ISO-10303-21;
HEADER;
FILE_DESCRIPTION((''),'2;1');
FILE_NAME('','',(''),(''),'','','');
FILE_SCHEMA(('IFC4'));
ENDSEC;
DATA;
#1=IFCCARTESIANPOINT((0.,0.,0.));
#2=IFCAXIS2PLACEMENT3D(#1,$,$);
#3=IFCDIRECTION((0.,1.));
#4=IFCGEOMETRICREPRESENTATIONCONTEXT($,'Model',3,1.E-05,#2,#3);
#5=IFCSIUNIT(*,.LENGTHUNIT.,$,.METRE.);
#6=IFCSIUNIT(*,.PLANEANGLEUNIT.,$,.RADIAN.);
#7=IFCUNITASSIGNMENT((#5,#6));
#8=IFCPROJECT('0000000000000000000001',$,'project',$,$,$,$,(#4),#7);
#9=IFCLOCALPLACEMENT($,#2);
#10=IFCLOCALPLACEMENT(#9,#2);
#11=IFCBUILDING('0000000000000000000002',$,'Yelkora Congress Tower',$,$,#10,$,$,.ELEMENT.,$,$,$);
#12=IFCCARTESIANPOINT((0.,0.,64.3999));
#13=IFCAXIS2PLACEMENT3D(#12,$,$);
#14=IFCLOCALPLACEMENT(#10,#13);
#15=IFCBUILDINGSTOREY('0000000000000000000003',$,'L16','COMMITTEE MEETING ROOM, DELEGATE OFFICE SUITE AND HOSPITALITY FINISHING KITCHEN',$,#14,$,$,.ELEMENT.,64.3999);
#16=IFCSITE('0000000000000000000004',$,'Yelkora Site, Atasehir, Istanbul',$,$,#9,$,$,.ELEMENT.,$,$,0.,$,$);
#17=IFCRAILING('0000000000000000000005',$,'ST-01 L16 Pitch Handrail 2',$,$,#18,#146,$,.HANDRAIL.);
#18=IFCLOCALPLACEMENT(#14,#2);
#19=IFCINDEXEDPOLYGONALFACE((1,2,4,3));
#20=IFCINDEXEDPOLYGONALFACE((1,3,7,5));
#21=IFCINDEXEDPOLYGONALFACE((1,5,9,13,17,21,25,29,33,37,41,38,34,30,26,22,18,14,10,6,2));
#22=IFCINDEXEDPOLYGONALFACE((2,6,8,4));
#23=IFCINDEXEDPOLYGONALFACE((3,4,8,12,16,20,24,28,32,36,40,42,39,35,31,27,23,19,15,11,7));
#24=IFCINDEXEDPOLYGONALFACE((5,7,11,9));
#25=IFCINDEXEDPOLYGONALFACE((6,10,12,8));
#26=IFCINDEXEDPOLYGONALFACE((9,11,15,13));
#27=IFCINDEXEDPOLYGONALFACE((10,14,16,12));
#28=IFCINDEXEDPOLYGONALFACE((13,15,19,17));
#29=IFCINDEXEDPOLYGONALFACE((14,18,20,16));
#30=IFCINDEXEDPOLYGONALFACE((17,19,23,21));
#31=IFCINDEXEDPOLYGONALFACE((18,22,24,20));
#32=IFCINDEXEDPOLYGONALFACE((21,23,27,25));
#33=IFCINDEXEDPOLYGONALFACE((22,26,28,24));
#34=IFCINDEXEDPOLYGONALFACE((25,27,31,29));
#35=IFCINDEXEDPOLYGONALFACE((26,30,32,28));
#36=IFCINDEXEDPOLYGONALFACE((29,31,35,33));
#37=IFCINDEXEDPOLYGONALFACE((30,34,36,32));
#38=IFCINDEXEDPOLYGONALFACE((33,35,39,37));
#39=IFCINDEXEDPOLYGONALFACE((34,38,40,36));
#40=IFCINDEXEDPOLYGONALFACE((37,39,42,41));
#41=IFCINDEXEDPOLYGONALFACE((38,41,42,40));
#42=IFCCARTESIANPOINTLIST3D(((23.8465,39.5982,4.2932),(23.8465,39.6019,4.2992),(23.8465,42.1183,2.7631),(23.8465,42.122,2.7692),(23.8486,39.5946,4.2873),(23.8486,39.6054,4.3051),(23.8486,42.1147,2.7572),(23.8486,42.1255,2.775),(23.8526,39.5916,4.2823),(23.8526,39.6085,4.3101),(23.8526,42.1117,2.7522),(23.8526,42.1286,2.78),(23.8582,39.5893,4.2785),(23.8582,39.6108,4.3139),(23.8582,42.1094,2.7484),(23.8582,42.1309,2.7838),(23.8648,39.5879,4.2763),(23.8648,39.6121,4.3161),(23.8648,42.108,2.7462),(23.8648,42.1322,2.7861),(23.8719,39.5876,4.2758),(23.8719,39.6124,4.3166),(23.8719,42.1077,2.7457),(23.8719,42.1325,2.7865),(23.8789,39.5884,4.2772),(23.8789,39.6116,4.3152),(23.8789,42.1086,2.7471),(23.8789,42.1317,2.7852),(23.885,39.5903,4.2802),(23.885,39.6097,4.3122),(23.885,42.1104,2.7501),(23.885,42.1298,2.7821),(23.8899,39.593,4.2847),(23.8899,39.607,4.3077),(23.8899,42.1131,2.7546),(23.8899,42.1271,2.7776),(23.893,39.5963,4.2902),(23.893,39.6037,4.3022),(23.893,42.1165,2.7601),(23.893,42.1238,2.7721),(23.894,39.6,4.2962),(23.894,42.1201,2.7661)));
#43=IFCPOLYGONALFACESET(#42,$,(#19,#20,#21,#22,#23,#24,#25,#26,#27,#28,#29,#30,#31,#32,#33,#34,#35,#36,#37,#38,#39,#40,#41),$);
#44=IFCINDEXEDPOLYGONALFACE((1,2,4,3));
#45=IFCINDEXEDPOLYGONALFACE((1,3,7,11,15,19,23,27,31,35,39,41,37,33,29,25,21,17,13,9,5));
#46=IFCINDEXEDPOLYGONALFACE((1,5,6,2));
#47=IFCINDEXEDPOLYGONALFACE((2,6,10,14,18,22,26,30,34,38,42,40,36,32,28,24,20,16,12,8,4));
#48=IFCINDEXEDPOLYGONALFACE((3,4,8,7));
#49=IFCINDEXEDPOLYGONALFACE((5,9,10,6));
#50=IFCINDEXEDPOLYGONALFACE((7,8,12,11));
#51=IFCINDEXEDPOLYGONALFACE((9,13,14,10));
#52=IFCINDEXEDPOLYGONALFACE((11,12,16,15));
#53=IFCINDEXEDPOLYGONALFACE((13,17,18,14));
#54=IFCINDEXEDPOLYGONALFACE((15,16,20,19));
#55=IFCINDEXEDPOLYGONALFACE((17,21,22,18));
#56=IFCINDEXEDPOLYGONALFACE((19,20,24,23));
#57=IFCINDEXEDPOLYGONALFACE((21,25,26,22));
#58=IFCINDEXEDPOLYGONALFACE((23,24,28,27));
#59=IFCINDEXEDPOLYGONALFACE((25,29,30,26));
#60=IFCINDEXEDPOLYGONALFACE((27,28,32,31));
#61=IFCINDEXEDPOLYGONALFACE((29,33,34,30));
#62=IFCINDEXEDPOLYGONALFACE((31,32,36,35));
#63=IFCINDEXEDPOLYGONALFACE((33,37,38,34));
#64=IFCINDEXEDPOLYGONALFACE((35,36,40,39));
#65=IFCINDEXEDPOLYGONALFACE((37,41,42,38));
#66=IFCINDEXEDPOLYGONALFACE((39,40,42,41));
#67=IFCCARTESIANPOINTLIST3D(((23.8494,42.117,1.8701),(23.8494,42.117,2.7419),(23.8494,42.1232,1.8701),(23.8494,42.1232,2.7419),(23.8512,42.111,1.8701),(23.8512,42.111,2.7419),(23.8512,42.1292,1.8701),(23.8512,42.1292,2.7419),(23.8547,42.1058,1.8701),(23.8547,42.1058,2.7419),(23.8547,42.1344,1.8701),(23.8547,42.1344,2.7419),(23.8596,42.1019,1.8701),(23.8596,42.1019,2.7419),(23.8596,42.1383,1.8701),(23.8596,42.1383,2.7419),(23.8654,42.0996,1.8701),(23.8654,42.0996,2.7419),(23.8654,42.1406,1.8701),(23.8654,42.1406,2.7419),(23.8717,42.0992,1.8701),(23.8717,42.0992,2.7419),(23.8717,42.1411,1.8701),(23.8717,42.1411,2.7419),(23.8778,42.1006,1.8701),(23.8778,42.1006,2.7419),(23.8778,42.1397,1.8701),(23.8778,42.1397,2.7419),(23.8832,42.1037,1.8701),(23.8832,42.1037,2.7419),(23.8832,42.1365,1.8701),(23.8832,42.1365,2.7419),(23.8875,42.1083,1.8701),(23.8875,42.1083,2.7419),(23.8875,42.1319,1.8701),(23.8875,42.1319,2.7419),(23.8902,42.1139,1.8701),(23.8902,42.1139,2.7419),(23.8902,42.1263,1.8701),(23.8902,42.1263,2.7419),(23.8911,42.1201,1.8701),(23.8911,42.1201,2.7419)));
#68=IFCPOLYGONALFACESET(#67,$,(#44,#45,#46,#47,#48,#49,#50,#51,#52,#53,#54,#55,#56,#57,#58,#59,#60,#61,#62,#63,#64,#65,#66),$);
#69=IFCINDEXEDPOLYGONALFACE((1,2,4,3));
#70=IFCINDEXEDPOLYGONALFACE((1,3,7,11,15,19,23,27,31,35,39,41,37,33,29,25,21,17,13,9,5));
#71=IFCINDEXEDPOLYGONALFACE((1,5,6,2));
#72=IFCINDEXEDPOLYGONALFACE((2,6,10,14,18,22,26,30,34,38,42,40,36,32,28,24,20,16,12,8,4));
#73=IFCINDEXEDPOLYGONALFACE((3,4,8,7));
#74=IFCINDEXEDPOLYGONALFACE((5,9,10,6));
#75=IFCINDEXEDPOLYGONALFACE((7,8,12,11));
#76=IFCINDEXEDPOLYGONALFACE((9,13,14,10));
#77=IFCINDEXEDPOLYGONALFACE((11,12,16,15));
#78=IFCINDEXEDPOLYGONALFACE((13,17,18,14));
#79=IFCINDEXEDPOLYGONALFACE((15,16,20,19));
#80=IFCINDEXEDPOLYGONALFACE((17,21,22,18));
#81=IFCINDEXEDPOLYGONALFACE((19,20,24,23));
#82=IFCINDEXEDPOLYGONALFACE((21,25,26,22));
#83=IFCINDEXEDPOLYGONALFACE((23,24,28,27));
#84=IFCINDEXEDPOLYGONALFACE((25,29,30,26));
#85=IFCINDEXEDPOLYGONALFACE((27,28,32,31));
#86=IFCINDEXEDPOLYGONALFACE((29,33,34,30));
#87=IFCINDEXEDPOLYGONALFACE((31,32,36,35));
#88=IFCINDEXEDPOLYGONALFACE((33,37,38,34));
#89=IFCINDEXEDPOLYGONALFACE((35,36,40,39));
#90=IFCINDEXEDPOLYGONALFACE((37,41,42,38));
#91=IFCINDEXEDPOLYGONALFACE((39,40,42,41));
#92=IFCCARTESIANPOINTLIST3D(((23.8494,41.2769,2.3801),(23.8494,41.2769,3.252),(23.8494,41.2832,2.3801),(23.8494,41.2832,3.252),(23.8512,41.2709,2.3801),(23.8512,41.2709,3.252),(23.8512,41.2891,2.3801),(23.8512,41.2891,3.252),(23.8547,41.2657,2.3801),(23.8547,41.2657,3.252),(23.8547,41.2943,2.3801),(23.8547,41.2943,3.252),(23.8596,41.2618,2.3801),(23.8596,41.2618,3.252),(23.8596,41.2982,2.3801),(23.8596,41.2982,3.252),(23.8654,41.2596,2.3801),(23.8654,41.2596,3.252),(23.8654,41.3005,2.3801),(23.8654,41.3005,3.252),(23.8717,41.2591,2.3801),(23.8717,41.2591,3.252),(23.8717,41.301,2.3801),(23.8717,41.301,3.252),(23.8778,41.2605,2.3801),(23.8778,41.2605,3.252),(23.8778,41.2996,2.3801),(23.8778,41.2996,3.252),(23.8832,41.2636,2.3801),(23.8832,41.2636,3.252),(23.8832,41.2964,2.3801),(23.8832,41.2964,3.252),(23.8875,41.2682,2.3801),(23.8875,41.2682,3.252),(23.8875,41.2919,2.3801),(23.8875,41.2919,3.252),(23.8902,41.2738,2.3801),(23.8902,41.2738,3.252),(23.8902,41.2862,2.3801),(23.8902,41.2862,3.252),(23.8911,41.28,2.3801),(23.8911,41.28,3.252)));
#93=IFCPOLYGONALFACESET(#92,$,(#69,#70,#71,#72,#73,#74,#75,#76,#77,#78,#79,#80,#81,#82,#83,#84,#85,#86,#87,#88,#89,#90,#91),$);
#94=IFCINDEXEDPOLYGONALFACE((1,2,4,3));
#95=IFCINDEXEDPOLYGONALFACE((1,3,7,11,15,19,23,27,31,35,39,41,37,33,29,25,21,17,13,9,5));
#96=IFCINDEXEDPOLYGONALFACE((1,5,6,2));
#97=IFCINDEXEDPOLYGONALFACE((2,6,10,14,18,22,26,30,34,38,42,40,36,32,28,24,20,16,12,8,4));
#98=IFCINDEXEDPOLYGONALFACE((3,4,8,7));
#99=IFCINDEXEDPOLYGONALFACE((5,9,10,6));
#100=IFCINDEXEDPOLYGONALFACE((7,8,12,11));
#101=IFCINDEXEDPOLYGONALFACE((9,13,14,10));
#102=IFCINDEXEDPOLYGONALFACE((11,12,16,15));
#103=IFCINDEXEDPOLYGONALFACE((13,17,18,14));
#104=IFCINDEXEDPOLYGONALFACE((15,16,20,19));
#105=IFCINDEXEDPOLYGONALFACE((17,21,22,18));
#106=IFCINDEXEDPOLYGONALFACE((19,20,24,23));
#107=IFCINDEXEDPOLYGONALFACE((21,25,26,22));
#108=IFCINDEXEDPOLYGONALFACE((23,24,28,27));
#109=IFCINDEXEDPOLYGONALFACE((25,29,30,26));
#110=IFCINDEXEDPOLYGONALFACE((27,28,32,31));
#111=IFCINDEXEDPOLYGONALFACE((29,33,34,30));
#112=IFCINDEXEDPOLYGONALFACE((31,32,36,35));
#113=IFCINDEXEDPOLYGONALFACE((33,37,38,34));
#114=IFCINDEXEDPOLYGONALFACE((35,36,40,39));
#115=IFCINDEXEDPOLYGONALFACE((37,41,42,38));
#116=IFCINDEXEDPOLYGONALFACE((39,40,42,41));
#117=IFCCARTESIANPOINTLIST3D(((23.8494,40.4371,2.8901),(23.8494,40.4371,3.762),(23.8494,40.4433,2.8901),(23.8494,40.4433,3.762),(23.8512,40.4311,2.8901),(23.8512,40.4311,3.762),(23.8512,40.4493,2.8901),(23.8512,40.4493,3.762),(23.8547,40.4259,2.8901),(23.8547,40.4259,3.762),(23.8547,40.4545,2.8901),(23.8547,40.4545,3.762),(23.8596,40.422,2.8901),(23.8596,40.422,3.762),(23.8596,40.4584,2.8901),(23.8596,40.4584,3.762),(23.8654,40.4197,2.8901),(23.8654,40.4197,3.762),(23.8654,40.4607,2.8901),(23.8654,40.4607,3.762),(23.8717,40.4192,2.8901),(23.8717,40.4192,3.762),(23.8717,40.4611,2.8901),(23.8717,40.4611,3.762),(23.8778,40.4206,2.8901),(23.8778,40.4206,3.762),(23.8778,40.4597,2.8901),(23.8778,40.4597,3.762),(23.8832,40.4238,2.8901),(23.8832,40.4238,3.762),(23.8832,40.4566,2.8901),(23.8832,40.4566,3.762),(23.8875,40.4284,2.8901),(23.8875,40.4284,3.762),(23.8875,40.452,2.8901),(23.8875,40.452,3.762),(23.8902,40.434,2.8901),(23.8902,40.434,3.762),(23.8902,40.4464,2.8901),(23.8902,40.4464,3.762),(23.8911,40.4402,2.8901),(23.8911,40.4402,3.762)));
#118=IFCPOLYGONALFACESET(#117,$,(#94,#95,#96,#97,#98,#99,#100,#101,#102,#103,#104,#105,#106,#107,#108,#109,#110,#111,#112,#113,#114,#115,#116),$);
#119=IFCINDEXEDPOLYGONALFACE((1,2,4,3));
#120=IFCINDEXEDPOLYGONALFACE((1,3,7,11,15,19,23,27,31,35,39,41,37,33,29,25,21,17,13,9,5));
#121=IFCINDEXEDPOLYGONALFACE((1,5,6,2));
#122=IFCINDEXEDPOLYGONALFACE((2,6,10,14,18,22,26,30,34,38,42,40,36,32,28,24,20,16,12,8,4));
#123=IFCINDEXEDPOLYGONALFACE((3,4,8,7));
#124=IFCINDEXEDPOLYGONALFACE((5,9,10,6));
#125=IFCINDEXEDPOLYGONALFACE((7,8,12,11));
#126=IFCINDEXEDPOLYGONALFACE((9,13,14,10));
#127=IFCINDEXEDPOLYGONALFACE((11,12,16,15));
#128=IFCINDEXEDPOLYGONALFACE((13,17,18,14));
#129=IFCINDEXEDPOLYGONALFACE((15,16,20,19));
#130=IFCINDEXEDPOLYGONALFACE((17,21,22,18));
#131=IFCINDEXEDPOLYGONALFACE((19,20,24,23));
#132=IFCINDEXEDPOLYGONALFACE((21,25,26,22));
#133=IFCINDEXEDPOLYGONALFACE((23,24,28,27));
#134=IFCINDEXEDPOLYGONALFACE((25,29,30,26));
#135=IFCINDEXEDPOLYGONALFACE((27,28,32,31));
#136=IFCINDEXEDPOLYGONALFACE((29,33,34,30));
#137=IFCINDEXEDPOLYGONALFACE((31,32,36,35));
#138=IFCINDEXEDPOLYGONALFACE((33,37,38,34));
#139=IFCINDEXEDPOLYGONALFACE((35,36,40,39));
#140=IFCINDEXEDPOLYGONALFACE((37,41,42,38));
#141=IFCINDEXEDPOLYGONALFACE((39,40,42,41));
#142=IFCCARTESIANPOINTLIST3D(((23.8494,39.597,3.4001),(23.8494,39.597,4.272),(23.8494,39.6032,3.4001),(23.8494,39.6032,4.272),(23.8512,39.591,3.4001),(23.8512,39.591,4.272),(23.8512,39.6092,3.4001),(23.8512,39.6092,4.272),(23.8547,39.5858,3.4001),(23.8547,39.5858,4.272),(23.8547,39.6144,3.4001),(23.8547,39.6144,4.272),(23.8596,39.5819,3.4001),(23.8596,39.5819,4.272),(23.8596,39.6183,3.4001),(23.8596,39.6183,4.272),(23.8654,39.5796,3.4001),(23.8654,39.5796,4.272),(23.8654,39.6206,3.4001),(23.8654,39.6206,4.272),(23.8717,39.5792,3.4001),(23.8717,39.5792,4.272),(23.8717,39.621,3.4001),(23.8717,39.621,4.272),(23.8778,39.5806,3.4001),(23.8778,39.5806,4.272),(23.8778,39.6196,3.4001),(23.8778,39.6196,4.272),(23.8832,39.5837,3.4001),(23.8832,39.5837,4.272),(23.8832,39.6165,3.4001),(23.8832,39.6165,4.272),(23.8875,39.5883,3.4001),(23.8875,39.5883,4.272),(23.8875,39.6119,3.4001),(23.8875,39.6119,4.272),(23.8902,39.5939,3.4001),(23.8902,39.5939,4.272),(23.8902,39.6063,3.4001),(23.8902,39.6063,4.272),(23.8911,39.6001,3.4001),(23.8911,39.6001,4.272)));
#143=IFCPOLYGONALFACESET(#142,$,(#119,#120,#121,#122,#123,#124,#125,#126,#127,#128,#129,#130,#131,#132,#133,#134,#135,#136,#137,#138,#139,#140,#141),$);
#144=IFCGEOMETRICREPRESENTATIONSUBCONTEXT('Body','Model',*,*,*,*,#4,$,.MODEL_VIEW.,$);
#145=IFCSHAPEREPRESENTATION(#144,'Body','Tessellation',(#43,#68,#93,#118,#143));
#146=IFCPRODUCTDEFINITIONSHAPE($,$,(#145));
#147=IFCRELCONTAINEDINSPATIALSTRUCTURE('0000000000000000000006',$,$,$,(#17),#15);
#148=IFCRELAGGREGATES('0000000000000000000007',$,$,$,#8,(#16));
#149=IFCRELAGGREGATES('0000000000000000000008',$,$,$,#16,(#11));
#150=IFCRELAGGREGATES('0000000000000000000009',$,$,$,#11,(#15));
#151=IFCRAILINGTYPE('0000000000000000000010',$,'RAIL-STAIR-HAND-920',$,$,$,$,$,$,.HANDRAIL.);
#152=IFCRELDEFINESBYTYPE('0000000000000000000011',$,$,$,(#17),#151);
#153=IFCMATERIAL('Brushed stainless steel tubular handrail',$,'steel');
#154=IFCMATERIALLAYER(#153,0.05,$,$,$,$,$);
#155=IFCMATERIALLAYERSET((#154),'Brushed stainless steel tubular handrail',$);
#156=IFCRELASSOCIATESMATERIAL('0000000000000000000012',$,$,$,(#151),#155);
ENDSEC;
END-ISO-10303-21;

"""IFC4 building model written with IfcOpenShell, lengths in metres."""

from ifc_helpers import new_model, si_unit, direction, frame, origin, origin_2d, place, context, subcontext, project, spatial, circle, extrude, material, layer, layer_set, type_object, element, save


model = new_model("IFC4")

# Units and contexts
model_context = context("Model", 3, precision=1e-05, world=origin(), true_north=direction((0.0, 1.0)))
body_context = subcontext(model_context, "Body", "Model", "MODEL_VIEW")
ifc_project = project(units=[si_unit("LENGTHUNIT", "METRE"), si_unit("PLANEANGLEUNIT", "RADIAN")], contexts=[model_context])

# Site, building, storey
site_placement = place(None, origin())
site = spatial("IfcSite", under=ifc_project, at=site_placement, Name="Yelkora Site, Atasehir, Istanbul", CompositionType="ELEMENT", RefElevation=0.0)
building_placement = place(site_placement, origin())
building = spatial("IfcBuilding", under=site, at=building_placement, Name="Yelkora Congress Tower", CompositionType="ELEMENT")
storey_placement = place(building_placement, frame((0.0, 0.0, 64.3999)))
storey = spatial("IfcBuildingStorey", under=building, at=storey_placement, Name="L16", Description="COMMITTEE MEETING ROOM, DELEGATE OFFICE SUITE AND HOSPITALITY FINISHING KITCHEN", CompositionType="ELEMENT", Elevation=64.3999)

# Railing
ifc_material_1 = material(Name="Brushed stainless steel tubular handrail", Category="steel")
ifc_layer_1 = layer(ifc_material_1, 0.05)
ifc_layer_set_1 = layer_set([ifc_layer_1], Name="Brushed stainless steel tubular handrail")
railing_type_1 = type_object("IfcRailingType", Name="RAIL-STAIR-HAND-920", PredefinedType="HANDRAIL", material=ifc_layer_set_1)
railing_1_placement = place(storey_placement, frame((23.8701, 42.1201, 1.8701)))
element("IfcRailing", 1, at=railing_1_placement, inside=storey, type_object=railing_type_1, Name="ST-01 L16 Pitch Handrail 2", PredefinedType="HANDRAIL", context=body_context, shape_type="SweptSolid", body=[
    extrude(circle(Radius=0.0239, at=origin_2d()), frame((0.0, 0.0, 0.896), z_axis=(0.0, -0.854785, 0.518982), x_axis=(1.0, 0.0, 0.0)), (0.0, 0.0, 1.0), 2.9482),
    extrude(circle(Radius=0.021, at=origin_2d()), origin(), (0.0, 0.0, 1.0), 0.8718),
    extrude(circle(Radius=0.021, at=origin_2d()), frame((0.0, -0.8401, 0.51)), (0.0, 0.0, 1.0), 0.8718),
    extrude(circle(Radius=0.021, at=origin_2d()), frame((0.0, -1.6799, 1.02)), (0.0, 0.0, 1.0), 0.8718),
    extrude(circle(Radius=0.021, at=origin_2d()), frame((0.0, -2.52, 1.53)), (0.0, 0.0, 1.0), 0.8718),
])

save(model, "model.ifc")
